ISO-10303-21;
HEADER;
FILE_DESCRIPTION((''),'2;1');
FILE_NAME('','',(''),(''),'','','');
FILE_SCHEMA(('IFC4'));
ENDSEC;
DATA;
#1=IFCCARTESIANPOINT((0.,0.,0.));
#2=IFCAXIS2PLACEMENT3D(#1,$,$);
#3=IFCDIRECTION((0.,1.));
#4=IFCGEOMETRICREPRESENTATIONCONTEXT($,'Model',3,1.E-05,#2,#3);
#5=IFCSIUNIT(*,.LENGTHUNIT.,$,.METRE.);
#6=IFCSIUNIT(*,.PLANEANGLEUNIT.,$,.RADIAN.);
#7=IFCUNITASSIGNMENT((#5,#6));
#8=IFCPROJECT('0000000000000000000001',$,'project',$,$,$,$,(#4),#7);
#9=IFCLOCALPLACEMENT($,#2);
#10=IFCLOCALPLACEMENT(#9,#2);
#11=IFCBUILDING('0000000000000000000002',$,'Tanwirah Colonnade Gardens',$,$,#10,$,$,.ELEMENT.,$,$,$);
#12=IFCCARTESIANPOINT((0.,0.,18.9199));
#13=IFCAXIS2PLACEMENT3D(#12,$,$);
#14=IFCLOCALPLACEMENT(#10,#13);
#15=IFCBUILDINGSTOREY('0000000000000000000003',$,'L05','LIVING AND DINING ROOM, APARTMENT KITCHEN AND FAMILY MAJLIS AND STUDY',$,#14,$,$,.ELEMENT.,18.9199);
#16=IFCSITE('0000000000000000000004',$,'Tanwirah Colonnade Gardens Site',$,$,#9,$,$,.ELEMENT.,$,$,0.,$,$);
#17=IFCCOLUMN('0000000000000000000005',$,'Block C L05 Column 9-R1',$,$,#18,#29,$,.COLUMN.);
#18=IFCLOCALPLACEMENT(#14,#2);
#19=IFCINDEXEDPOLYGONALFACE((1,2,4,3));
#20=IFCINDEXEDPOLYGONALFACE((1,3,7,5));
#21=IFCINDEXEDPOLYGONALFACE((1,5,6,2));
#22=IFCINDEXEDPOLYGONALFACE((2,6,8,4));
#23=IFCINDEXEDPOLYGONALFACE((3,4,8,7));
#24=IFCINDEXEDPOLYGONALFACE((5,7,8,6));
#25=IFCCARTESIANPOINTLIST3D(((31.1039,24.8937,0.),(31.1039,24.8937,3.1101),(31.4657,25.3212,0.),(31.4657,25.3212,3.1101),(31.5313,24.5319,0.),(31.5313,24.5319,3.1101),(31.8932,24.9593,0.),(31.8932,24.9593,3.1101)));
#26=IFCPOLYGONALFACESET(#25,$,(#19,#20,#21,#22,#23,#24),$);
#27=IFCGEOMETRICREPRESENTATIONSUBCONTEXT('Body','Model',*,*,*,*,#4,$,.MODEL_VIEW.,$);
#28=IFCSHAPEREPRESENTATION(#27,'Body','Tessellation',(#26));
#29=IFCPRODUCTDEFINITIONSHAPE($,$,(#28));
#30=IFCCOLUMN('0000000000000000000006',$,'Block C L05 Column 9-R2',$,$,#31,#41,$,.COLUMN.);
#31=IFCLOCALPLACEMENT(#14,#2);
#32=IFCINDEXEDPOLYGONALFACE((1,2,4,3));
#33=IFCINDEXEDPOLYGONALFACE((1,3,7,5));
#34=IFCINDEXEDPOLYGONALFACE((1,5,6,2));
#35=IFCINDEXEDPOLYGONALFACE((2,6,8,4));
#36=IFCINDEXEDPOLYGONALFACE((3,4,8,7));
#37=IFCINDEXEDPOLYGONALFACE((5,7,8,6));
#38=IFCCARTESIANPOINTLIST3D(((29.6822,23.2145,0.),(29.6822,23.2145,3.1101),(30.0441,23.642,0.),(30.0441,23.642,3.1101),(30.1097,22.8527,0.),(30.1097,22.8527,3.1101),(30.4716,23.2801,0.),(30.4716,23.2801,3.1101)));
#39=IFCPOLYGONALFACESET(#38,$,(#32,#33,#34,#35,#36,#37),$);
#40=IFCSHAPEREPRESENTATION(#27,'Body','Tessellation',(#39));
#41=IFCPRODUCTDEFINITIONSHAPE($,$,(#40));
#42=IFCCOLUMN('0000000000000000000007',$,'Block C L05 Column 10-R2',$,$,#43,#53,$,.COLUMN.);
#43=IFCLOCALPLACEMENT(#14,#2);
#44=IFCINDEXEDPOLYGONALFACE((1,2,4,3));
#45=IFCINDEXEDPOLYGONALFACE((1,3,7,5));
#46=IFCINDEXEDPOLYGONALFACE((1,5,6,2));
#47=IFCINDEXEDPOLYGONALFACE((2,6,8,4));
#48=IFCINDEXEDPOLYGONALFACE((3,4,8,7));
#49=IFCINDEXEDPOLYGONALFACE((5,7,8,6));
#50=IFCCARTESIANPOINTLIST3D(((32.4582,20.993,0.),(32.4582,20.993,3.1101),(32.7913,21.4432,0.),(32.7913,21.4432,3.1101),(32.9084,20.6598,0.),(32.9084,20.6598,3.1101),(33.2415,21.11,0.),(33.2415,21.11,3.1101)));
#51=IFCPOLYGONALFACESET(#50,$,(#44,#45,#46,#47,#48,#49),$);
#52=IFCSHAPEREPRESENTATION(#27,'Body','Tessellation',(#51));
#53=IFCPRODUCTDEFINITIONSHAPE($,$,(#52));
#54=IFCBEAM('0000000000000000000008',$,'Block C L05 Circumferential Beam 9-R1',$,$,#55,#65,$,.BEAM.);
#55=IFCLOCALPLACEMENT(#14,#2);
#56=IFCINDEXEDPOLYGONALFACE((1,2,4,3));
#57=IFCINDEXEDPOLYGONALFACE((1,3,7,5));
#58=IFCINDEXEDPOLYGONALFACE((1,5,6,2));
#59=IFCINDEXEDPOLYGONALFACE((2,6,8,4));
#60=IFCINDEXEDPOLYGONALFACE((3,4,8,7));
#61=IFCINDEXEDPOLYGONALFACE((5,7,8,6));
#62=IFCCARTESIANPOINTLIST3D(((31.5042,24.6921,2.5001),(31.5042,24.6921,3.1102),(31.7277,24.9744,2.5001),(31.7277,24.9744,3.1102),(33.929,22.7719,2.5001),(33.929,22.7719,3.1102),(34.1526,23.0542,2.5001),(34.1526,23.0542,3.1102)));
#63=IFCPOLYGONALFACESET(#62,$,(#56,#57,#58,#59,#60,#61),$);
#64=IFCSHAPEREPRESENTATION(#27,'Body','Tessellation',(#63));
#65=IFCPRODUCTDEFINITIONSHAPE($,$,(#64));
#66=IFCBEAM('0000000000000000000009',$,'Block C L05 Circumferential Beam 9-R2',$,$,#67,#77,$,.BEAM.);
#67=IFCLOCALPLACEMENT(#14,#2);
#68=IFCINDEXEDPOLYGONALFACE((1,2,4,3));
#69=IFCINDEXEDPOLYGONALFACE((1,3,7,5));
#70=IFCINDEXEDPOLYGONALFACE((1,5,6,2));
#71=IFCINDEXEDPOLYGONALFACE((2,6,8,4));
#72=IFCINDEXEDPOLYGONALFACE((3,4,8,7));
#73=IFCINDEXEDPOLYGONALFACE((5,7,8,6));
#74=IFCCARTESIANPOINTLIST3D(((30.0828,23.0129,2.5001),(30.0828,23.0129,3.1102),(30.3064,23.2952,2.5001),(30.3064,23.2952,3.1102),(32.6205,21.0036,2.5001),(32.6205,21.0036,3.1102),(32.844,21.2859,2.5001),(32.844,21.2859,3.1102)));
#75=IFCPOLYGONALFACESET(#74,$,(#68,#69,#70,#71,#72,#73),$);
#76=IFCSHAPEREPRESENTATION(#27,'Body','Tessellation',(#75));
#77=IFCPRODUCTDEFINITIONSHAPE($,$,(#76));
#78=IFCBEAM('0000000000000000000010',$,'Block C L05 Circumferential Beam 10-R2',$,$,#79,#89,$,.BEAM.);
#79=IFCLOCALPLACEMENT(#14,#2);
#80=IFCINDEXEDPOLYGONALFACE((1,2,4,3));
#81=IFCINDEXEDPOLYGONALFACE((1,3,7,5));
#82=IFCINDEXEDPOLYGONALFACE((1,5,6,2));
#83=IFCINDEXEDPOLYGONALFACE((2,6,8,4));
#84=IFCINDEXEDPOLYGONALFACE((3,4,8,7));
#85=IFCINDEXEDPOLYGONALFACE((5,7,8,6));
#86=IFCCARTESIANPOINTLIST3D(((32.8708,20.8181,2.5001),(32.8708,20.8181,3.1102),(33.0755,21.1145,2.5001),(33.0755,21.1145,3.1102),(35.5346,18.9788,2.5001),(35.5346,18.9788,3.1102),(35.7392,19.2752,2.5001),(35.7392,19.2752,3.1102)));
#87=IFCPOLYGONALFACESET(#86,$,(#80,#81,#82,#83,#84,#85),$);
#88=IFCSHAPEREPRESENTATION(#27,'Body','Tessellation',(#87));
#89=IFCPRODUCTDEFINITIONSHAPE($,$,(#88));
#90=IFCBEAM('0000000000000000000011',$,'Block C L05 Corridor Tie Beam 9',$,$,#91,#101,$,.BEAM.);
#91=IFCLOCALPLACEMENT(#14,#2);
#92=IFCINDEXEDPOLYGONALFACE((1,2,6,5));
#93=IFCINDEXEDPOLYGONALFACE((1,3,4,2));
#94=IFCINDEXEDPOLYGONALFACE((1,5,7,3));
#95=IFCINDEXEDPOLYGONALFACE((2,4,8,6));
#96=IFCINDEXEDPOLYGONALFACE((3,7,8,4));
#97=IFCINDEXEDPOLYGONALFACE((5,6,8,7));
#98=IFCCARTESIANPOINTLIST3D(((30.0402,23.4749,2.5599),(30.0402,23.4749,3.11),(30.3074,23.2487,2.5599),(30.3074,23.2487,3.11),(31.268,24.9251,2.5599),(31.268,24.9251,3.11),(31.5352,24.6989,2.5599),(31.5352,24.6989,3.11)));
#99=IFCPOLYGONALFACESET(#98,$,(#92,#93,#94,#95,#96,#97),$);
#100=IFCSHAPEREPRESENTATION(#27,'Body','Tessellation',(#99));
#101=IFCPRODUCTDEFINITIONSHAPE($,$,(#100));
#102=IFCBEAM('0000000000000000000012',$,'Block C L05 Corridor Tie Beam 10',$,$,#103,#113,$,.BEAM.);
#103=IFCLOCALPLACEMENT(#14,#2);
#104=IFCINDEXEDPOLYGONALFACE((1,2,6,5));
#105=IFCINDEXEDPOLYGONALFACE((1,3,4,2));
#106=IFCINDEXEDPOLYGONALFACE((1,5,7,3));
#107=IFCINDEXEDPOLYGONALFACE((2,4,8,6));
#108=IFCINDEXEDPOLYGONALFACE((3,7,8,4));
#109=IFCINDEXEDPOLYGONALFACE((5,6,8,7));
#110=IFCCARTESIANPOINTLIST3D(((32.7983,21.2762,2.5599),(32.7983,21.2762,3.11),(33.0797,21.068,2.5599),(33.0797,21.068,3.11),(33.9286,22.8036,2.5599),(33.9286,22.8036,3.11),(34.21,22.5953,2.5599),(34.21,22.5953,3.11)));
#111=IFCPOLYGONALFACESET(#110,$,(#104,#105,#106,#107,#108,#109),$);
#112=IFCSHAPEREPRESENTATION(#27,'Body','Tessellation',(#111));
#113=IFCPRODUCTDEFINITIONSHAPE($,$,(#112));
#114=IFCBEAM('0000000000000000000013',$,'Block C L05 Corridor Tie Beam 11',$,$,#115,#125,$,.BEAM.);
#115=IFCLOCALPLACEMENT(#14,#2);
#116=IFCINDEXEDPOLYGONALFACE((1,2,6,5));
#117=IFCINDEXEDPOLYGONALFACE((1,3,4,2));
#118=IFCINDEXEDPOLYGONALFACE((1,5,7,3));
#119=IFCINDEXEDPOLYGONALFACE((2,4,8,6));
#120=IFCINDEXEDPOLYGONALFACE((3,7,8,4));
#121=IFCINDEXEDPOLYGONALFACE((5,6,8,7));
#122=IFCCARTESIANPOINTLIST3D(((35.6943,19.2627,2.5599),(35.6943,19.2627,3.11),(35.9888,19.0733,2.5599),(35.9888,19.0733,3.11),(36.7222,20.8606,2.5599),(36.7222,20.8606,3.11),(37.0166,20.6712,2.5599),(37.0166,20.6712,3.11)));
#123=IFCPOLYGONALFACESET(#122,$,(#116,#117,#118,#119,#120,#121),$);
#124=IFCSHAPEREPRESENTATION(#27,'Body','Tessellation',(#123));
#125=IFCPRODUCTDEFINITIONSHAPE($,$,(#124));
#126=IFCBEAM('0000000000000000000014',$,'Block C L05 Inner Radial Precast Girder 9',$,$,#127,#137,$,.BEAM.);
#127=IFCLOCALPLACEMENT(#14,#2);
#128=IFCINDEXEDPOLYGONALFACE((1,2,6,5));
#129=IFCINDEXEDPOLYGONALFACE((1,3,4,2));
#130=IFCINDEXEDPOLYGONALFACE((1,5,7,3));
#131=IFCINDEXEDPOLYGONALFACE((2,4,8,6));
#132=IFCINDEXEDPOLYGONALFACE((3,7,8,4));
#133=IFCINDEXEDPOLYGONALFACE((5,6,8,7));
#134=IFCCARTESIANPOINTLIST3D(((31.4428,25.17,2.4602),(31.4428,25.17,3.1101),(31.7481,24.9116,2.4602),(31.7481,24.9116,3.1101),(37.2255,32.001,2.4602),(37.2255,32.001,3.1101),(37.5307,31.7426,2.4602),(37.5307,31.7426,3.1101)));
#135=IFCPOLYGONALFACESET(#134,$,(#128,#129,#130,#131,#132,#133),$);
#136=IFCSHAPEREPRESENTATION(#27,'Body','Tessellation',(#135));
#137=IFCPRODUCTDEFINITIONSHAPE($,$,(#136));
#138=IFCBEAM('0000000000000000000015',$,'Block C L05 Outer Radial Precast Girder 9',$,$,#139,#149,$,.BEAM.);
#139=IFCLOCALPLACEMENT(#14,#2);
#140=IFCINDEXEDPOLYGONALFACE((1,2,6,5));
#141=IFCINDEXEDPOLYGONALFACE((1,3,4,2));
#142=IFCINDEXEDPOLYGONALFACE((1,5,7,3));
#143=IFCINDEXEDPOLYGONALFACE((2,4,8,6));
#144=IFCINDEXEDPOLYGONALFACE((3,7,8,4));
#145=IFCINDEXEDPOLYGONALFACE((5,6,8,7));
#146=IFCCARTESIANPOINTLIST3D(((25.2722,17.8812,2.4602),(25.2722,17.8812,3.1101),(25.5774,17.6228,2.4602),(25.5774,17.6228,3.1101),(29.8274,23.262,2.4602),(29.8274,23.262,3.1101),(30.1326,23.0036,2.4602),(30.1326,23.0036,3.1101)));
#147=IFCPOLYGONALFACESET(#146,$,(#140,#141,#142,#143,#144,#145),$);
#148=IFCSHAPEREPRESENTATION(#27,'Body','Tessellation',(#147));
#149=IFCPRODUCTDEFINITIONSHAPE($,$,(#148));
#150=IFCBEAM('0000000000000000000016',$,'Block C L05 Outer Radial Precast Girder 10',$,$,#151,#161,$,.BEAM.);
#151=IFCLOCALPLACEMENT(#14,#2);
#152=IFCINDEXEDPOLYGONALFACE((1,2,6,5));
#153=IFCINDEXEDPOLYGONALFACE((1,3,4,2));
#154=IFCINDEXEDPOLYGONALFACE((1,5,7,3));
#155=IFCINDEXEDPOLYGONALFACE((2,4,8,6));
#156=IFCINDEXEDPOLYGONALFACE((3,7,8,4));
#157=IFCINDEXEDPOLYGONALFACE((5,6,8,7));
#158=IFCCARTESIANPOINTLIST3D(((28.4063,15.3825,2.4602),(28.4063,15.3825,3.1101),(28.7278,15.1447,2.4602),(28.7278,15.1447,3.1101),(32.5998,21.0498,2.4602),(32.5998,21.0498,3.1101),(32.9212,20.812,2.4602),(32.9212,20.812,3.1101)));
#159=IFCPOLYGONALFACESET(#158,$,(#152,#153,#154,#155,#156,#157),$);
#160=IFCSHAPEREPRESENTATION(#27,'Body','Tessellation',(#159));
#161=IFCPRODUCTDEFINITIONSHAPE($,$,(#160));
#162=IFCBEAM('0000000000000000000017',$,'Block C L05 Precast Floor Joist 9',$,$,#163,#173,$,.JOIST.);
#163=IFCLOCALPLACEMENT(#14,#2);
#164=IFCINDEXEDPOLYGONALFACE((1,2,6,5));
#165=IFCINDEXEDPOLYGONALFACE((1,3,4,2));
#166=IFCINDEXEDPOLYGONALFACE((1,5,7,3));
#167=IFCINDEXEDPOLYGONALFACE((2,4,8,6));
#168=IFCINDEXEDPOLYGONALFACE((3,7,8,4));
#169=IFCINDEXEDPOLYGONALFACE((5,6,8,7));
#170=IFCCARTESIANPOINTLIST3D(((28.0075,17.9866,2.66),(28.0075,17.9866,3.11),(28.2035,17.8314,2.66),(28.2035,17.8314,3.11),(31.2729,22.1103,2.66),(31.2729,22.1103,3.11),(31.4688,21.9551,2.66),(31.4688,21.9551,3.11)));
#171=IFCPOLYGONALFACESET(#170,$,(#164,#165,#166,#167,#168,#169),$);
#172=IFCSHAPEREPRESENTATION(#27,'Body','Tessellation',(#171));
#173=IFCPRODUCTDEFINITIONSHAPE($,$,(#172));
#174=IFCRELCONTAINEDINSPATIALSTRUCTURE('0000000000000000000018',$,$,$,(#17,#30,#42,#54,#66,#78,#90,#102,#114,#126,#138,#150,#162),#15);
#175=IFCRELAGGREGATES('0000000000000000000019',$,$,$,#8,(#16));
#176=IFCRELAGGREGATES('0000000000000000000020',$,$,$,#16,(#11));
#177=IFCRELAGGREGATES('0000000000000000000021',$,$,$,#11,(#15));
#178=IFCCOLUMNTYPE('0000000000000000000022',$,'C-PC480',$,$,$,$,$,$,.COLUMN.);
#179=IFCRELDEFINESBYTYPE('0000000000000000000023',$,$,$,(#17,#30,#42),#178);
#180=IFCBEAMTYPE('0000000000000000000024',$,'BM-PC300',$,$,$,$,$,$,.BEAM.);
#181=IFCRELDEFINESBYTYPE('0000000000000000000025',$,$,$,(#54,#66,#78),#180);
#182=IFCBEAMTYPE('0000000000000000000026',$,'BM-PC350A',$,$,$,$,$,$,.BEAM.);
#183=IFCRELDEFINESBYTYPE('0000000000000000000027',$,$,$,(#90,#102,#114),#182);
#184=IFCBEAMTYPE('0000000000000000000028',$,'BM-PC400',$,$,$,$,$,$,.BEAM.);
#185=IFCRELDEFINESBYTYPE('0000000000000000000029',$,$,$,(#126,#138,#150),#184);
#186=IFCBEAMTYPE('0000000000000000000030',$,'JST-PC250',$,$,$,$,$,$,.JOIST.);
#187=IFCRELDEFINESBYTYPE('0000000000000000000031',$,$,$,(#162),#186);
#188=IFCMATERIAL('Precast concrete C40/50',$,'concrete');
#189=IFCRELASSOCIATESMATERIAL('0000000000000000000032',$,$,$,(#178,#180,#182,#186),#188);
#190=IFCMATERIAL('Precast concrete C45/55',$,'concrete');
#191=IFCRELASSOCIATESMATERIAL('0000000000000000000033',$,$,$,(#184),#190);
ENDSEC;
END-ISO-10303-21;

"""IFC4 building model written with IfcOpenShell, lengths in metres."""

from ifc_helpers import new_model, si_unit, direction, frame, origin, origin_2d, place, context, subcontext, project, spatial, rectangle, extrude, material, material_profile, profile_set, type_object, element, save


model = new_model("IFC4")

# Units and contexts
model_context = context("Model", 3, precision=1e-05, world=origin(), true_north=direction((0.0, 1.0)))
body_context = subcontext(model_context, "Body", "Model", "MODEL_VIEW")
ifc_project = project(units=[si_unit("LENGTHUNIT", "METRE"), si_unit("PLANEANGLEUNIT", "RADIAN")], contexts=[model_context])

# Site, building, storey
site_placement = place(None, origin())
site = spatial("IfcSite", under=ifc_project, at=site_placement, Name="Tanwirah Colonnade Gardens Site", CompositionType="ELEMENT", RefElevation=0.0)
building_placement = place(site_placement, origin())
building = spatial("IfcBuilding", under=site, at=building_placement, Name="Tanwirah Colonnade Gardens", CompositionType="ELEMENT")
storey_placement = place(building_placement, frame((0.0, 0.0, 18.9199)))
storey = spatial("IfcBuildingStorey", under=building, at=storey_placement, Name="L05", Description="LIVING AND DINING ROOM, APARTMENT KITCHEN AND FAMILY MAJLIS AND STUDY", CompositionType="ELEMENT", Elevation=18.9199)

# Columns
ifc_material_1 = material(Name="Precast concrete C40/50", Category="concrete")
ifc_material_profile_1 = material_profile(ifc_material_1, rectangle(XDim=0.5601, YDim=0.5601, at=origin_2d()), Name="PC-COL 560x560")
ifc_profile_set_1 = profile_set([ifc_material_profile_1], Name="Precast concrete C40/50")
column_type = type_object("IfcColumnType", Name="C-PC480", PredefinedType="COLUMN", material=ifc_profile_set_1)
for number, where, z_axis, x_axis, name in (
    (1, (31.4985, 24.9265, 0.0), (0.0, 0.0, 1.0), (-0.646124, -0.763232, 0.0), "Block C L05 Column 9-R1"),
    (2, (30.0769, 23.2473, 0.0), (0.0, 0.0, 1.0), (-0.646124, -0.763232, 0.0), "Block C L05 Column 9-R2"),
    (3, (32.8499, 21.0515, 0.0), (0.0, 0.0, 1.0), (-0.594823, -0.803857, 0.0), "Block C L05 Column 10-R2"),
):
    element("IfcColumn", number, at=place(storey_placement, frame(where, z_axis=z_axis, x_axis=x_axis)), inside=storey, type_object=column_type, Name=name, PredefinedType="COLUMN", context=body_context, shape_type="SweptSolid", body=[
        extrude(rectangle(XDim=0.5601, YDim=0.5601, at=origin_2d()), origin(), (0.0, 0.0, 1.0), 3.1101),
    ])

# Beams
ifc_material_profile_2 = material_profile(ifc_material_1, rectangle(XDim=0.3601, YDim=0.6101, at=origin_2d()), Name="PC-BM 360x610")
ifc_profile_set_2 = profile_set([ifc_material_profile_2], Name="Precast concrete C40/50")
beam_type_1 = type_object("IfcBeamType", Name="BM-PC300", PredefinedType="BEAM", material=ifc_profile_set_2)
beam_1_placement = place(storey_placement, frame((31.616, 24.8333, 2.8052), z_axis=(0.783963, -0.620808, 0.0), x_axis=(0.620808, 0.783963, 0.0)))
element("IfcBeam", 4, at=beam_1_placement, inside=storey, type_object=beam_type_1, Name="Block C L05 Circumferential Beam 9-R1", PredefinedType="BEAM", context=body_context, shape_type="SweptSolid", body=[
    extrude(rectangle(XDim=0.3601, YDim=0.6101, at=origin_2d()), origin(), (0.0, 0.0, 1.0), 3.093),
])
beam_2_placement = place(storey_placement, frame((30.1946, 23.1541, 2.8052), z_axis=(0.783994, -0.620769, 0.0), x_axis=(0.620769, 0.783994, 0.0)))
element("IfcBeam", 5, at=beam_2_placement, inside=storey, type_object=beam_type_1, Name="Block C L05 Circumferential Beam 9-R2", PredefinedType="BEAM", context=body_context, shape_type="SweptSolid", body=[
    extrude(rectangle(XDim=0.3601, YDim=0.6101, at=origin_2d()), origin(), (0.0, 0.0, 1.0), 3.2368),
])
beam_3_placement = place(storey_placement, frame((32.9731, 20.9663, 2.8052), z_axis=(0.822889, -0.568202, 0.0), x_axis=(0.568202, 0.822889, 0.0)))
element("IfcBeam", 6, at=beam_3_placement, inside=storey, type_object=beam_type_1, Name="Block C L05 Circumferential Beam 10-R2", PredefinedType="BEAM", context=body_context, shape_type="SweptSolid", body=[
    extrude(rectangle(XDim=0.3601, YDim=0.6101, at=origin_2d()), origin(), (0.0, 0.0, 1.0), 3.2371),
])
ifc_material_profile_3 = material_profile(ifc_material_1, rectangle(XDim=0.3501, YDim=0.55, at=origin_2d()), Name="PC-BM 350x550")
ifc_profile_set_3 = profile_set([ifc_material_profile_3], Name="Precast concrete C40/50")
beam_type_2 = type_object("IfcBeamType", Name="BM-PC350A", PredefinedType="BEAM", material=ifc_profile_set_3)
for number, where, z_axis, x_axis, name in (
    (7, (31.4016, 24.812, 2.835), (-0.646155, -0.763206, 0.0), (0.763206, -0.646155, 0.0), "Block C L05 Corridor Tie Beam 9"),
    (8, (34.0693, 22.6995, 2.835), (-0.594889, -0.803807, 0.0), (0.803807, -0.594889, 0.0), "Block C L05 Corridor Tie Beam 10"),
):
    element("IfcBeam", number, at=place(storey_placement, frame(where, z_axis=z_axis, x_axis=x_axis)), inside=storey, type_object=beam_type_2, Name=name, PredefinedType="BEAM", context=body_context, shape_type="SweptSolid", body=[
        extrude(rectangle(XDim=0.3501, YDim=0.55, at=origin_2d()), origin(), (0.0, 0.0, 1.0), 1.9001),
    ])
beam_4_placement = place(storey_placement, frame((36.8694, 20.7659, 2.835), z_axis=(-0.540985, -0.841032, 0.0), x_axis=(0.841032, -0.540985, 0.0)))
element("IfcBeam", 9, at=beam_4_placement, inside=storey, type_object=beam_type_2, Name="Block C L05 Corridor Tie Beam 11", PredefinedType="BEAM", context=body_context, shape_type="SweptSolid", body=[
    extrude(rectangle(XDim=0.3501, YDim=0.55, at=origin_2d()), origin(), (0.0, 0.0, 1.0), 1.8999),
])
ifc_material_2 = material(Name="Precast concrete C45/55", Category="concrete")
ifc_material_profile_4 = material_profile(ifc_material_2, rectangle(XDim=0.3999, YDim=0.6499, at=origin_2d()), Name="PC-BM 400x650")
ifc_profile_set_4 = profile_set([ifc_material_profile_4], Name="Precast concrete C45/55")
beam_type_3 = type_object("IfcBeamType", Name="BM-PC400", PredefinedType="BEAM", material=ifc_profile_set_4)
beam_5_placement = place(storey_placement, frame((31.5955, 25.0408, 2.7852), z_axis=(0.646111, 0.763243, 0.0), x_axis=(-0.763243, 0.646111, 0.0)))
element("IfcBeam", 10, at=beam_5_placement, inside=storey, type_object=beam_type_3, Name="Block C L05 Inner Radial Precast Girder 9", PredefinedType="BEAM", context=body_context, shape_type="SweptSolid", body=[
    extrude(rectangle(XDim=0.3999, YDim=0.6499, at=origin_2d()), origin(), (0.0, 0.0, 1.0), 8.95),
])
for number, where, z_axis, x_axis, name in (
    (11, (29.98, 23.1328, 2.7852), (-0.646119, -0.763237, 0.0), (0.763237, -0.646119, 0.0), "Block C L05 Outer Radial Precast Girder 9"),
    (12, (32.7605, 20.9309, 2.7852), (-0.594807, -0.803869, 0.0), (0.803869, -0.594807, 0.0), "Block C L05 Outer Radial Precast Girder 10"),
):
    element("IfcBeam", number, at=place(storey_placement, frame(where, z_axis=z_axis, x_axis=x_axis)), inside=storey, type_object=beam_type_3, Name=name, PredefinedType="BEAM", context=body_context, shape_type="SweptSolid", body=[
        extrude(rectangle(XDim=0.3999, YDim=0.6499, at=origin_2d()), origin(), (0.0, 0.0, 1.0), 7.05),
    ])
ifc_material_profile_5 = material_profile(ifc_material_1, rectangle(XDim=0.25, YDim=0.45, at=origin_2d()), Name="PC-JST 250x450")
ifc_profile_set_5 = profile_set([ifc_material_profile_5], Name="Precast concrete C40/50")
beam_type_4 = type_object("IfcBeamType", Name="JST-PC250", PredefinedType="JOIST", material=ifc_profile_set_5)
beam_6_placement = place(storey_placement, frame((31.3708, 22.0327, 2.885), z_axis=(-0.620787, -0.783979, 0.0), x_axis=(0.783979, -0.620787, 0.0)))
element("IfcBeam", 13, at=beam_6_placement, inside=storey, type_object=beam_type_4, Name="Block C L05 Precast Floor Joist 9", PredefinedType="JOIST", context=body_context, shape_type="SweptSolid", body=[
    extrude(rectangle(XDim=0.25, YDim=0.45, at=origin_2d()), origin(), (0.0, 0.0, 1.0), 5.26),
])

save(model, "model.ifc")
